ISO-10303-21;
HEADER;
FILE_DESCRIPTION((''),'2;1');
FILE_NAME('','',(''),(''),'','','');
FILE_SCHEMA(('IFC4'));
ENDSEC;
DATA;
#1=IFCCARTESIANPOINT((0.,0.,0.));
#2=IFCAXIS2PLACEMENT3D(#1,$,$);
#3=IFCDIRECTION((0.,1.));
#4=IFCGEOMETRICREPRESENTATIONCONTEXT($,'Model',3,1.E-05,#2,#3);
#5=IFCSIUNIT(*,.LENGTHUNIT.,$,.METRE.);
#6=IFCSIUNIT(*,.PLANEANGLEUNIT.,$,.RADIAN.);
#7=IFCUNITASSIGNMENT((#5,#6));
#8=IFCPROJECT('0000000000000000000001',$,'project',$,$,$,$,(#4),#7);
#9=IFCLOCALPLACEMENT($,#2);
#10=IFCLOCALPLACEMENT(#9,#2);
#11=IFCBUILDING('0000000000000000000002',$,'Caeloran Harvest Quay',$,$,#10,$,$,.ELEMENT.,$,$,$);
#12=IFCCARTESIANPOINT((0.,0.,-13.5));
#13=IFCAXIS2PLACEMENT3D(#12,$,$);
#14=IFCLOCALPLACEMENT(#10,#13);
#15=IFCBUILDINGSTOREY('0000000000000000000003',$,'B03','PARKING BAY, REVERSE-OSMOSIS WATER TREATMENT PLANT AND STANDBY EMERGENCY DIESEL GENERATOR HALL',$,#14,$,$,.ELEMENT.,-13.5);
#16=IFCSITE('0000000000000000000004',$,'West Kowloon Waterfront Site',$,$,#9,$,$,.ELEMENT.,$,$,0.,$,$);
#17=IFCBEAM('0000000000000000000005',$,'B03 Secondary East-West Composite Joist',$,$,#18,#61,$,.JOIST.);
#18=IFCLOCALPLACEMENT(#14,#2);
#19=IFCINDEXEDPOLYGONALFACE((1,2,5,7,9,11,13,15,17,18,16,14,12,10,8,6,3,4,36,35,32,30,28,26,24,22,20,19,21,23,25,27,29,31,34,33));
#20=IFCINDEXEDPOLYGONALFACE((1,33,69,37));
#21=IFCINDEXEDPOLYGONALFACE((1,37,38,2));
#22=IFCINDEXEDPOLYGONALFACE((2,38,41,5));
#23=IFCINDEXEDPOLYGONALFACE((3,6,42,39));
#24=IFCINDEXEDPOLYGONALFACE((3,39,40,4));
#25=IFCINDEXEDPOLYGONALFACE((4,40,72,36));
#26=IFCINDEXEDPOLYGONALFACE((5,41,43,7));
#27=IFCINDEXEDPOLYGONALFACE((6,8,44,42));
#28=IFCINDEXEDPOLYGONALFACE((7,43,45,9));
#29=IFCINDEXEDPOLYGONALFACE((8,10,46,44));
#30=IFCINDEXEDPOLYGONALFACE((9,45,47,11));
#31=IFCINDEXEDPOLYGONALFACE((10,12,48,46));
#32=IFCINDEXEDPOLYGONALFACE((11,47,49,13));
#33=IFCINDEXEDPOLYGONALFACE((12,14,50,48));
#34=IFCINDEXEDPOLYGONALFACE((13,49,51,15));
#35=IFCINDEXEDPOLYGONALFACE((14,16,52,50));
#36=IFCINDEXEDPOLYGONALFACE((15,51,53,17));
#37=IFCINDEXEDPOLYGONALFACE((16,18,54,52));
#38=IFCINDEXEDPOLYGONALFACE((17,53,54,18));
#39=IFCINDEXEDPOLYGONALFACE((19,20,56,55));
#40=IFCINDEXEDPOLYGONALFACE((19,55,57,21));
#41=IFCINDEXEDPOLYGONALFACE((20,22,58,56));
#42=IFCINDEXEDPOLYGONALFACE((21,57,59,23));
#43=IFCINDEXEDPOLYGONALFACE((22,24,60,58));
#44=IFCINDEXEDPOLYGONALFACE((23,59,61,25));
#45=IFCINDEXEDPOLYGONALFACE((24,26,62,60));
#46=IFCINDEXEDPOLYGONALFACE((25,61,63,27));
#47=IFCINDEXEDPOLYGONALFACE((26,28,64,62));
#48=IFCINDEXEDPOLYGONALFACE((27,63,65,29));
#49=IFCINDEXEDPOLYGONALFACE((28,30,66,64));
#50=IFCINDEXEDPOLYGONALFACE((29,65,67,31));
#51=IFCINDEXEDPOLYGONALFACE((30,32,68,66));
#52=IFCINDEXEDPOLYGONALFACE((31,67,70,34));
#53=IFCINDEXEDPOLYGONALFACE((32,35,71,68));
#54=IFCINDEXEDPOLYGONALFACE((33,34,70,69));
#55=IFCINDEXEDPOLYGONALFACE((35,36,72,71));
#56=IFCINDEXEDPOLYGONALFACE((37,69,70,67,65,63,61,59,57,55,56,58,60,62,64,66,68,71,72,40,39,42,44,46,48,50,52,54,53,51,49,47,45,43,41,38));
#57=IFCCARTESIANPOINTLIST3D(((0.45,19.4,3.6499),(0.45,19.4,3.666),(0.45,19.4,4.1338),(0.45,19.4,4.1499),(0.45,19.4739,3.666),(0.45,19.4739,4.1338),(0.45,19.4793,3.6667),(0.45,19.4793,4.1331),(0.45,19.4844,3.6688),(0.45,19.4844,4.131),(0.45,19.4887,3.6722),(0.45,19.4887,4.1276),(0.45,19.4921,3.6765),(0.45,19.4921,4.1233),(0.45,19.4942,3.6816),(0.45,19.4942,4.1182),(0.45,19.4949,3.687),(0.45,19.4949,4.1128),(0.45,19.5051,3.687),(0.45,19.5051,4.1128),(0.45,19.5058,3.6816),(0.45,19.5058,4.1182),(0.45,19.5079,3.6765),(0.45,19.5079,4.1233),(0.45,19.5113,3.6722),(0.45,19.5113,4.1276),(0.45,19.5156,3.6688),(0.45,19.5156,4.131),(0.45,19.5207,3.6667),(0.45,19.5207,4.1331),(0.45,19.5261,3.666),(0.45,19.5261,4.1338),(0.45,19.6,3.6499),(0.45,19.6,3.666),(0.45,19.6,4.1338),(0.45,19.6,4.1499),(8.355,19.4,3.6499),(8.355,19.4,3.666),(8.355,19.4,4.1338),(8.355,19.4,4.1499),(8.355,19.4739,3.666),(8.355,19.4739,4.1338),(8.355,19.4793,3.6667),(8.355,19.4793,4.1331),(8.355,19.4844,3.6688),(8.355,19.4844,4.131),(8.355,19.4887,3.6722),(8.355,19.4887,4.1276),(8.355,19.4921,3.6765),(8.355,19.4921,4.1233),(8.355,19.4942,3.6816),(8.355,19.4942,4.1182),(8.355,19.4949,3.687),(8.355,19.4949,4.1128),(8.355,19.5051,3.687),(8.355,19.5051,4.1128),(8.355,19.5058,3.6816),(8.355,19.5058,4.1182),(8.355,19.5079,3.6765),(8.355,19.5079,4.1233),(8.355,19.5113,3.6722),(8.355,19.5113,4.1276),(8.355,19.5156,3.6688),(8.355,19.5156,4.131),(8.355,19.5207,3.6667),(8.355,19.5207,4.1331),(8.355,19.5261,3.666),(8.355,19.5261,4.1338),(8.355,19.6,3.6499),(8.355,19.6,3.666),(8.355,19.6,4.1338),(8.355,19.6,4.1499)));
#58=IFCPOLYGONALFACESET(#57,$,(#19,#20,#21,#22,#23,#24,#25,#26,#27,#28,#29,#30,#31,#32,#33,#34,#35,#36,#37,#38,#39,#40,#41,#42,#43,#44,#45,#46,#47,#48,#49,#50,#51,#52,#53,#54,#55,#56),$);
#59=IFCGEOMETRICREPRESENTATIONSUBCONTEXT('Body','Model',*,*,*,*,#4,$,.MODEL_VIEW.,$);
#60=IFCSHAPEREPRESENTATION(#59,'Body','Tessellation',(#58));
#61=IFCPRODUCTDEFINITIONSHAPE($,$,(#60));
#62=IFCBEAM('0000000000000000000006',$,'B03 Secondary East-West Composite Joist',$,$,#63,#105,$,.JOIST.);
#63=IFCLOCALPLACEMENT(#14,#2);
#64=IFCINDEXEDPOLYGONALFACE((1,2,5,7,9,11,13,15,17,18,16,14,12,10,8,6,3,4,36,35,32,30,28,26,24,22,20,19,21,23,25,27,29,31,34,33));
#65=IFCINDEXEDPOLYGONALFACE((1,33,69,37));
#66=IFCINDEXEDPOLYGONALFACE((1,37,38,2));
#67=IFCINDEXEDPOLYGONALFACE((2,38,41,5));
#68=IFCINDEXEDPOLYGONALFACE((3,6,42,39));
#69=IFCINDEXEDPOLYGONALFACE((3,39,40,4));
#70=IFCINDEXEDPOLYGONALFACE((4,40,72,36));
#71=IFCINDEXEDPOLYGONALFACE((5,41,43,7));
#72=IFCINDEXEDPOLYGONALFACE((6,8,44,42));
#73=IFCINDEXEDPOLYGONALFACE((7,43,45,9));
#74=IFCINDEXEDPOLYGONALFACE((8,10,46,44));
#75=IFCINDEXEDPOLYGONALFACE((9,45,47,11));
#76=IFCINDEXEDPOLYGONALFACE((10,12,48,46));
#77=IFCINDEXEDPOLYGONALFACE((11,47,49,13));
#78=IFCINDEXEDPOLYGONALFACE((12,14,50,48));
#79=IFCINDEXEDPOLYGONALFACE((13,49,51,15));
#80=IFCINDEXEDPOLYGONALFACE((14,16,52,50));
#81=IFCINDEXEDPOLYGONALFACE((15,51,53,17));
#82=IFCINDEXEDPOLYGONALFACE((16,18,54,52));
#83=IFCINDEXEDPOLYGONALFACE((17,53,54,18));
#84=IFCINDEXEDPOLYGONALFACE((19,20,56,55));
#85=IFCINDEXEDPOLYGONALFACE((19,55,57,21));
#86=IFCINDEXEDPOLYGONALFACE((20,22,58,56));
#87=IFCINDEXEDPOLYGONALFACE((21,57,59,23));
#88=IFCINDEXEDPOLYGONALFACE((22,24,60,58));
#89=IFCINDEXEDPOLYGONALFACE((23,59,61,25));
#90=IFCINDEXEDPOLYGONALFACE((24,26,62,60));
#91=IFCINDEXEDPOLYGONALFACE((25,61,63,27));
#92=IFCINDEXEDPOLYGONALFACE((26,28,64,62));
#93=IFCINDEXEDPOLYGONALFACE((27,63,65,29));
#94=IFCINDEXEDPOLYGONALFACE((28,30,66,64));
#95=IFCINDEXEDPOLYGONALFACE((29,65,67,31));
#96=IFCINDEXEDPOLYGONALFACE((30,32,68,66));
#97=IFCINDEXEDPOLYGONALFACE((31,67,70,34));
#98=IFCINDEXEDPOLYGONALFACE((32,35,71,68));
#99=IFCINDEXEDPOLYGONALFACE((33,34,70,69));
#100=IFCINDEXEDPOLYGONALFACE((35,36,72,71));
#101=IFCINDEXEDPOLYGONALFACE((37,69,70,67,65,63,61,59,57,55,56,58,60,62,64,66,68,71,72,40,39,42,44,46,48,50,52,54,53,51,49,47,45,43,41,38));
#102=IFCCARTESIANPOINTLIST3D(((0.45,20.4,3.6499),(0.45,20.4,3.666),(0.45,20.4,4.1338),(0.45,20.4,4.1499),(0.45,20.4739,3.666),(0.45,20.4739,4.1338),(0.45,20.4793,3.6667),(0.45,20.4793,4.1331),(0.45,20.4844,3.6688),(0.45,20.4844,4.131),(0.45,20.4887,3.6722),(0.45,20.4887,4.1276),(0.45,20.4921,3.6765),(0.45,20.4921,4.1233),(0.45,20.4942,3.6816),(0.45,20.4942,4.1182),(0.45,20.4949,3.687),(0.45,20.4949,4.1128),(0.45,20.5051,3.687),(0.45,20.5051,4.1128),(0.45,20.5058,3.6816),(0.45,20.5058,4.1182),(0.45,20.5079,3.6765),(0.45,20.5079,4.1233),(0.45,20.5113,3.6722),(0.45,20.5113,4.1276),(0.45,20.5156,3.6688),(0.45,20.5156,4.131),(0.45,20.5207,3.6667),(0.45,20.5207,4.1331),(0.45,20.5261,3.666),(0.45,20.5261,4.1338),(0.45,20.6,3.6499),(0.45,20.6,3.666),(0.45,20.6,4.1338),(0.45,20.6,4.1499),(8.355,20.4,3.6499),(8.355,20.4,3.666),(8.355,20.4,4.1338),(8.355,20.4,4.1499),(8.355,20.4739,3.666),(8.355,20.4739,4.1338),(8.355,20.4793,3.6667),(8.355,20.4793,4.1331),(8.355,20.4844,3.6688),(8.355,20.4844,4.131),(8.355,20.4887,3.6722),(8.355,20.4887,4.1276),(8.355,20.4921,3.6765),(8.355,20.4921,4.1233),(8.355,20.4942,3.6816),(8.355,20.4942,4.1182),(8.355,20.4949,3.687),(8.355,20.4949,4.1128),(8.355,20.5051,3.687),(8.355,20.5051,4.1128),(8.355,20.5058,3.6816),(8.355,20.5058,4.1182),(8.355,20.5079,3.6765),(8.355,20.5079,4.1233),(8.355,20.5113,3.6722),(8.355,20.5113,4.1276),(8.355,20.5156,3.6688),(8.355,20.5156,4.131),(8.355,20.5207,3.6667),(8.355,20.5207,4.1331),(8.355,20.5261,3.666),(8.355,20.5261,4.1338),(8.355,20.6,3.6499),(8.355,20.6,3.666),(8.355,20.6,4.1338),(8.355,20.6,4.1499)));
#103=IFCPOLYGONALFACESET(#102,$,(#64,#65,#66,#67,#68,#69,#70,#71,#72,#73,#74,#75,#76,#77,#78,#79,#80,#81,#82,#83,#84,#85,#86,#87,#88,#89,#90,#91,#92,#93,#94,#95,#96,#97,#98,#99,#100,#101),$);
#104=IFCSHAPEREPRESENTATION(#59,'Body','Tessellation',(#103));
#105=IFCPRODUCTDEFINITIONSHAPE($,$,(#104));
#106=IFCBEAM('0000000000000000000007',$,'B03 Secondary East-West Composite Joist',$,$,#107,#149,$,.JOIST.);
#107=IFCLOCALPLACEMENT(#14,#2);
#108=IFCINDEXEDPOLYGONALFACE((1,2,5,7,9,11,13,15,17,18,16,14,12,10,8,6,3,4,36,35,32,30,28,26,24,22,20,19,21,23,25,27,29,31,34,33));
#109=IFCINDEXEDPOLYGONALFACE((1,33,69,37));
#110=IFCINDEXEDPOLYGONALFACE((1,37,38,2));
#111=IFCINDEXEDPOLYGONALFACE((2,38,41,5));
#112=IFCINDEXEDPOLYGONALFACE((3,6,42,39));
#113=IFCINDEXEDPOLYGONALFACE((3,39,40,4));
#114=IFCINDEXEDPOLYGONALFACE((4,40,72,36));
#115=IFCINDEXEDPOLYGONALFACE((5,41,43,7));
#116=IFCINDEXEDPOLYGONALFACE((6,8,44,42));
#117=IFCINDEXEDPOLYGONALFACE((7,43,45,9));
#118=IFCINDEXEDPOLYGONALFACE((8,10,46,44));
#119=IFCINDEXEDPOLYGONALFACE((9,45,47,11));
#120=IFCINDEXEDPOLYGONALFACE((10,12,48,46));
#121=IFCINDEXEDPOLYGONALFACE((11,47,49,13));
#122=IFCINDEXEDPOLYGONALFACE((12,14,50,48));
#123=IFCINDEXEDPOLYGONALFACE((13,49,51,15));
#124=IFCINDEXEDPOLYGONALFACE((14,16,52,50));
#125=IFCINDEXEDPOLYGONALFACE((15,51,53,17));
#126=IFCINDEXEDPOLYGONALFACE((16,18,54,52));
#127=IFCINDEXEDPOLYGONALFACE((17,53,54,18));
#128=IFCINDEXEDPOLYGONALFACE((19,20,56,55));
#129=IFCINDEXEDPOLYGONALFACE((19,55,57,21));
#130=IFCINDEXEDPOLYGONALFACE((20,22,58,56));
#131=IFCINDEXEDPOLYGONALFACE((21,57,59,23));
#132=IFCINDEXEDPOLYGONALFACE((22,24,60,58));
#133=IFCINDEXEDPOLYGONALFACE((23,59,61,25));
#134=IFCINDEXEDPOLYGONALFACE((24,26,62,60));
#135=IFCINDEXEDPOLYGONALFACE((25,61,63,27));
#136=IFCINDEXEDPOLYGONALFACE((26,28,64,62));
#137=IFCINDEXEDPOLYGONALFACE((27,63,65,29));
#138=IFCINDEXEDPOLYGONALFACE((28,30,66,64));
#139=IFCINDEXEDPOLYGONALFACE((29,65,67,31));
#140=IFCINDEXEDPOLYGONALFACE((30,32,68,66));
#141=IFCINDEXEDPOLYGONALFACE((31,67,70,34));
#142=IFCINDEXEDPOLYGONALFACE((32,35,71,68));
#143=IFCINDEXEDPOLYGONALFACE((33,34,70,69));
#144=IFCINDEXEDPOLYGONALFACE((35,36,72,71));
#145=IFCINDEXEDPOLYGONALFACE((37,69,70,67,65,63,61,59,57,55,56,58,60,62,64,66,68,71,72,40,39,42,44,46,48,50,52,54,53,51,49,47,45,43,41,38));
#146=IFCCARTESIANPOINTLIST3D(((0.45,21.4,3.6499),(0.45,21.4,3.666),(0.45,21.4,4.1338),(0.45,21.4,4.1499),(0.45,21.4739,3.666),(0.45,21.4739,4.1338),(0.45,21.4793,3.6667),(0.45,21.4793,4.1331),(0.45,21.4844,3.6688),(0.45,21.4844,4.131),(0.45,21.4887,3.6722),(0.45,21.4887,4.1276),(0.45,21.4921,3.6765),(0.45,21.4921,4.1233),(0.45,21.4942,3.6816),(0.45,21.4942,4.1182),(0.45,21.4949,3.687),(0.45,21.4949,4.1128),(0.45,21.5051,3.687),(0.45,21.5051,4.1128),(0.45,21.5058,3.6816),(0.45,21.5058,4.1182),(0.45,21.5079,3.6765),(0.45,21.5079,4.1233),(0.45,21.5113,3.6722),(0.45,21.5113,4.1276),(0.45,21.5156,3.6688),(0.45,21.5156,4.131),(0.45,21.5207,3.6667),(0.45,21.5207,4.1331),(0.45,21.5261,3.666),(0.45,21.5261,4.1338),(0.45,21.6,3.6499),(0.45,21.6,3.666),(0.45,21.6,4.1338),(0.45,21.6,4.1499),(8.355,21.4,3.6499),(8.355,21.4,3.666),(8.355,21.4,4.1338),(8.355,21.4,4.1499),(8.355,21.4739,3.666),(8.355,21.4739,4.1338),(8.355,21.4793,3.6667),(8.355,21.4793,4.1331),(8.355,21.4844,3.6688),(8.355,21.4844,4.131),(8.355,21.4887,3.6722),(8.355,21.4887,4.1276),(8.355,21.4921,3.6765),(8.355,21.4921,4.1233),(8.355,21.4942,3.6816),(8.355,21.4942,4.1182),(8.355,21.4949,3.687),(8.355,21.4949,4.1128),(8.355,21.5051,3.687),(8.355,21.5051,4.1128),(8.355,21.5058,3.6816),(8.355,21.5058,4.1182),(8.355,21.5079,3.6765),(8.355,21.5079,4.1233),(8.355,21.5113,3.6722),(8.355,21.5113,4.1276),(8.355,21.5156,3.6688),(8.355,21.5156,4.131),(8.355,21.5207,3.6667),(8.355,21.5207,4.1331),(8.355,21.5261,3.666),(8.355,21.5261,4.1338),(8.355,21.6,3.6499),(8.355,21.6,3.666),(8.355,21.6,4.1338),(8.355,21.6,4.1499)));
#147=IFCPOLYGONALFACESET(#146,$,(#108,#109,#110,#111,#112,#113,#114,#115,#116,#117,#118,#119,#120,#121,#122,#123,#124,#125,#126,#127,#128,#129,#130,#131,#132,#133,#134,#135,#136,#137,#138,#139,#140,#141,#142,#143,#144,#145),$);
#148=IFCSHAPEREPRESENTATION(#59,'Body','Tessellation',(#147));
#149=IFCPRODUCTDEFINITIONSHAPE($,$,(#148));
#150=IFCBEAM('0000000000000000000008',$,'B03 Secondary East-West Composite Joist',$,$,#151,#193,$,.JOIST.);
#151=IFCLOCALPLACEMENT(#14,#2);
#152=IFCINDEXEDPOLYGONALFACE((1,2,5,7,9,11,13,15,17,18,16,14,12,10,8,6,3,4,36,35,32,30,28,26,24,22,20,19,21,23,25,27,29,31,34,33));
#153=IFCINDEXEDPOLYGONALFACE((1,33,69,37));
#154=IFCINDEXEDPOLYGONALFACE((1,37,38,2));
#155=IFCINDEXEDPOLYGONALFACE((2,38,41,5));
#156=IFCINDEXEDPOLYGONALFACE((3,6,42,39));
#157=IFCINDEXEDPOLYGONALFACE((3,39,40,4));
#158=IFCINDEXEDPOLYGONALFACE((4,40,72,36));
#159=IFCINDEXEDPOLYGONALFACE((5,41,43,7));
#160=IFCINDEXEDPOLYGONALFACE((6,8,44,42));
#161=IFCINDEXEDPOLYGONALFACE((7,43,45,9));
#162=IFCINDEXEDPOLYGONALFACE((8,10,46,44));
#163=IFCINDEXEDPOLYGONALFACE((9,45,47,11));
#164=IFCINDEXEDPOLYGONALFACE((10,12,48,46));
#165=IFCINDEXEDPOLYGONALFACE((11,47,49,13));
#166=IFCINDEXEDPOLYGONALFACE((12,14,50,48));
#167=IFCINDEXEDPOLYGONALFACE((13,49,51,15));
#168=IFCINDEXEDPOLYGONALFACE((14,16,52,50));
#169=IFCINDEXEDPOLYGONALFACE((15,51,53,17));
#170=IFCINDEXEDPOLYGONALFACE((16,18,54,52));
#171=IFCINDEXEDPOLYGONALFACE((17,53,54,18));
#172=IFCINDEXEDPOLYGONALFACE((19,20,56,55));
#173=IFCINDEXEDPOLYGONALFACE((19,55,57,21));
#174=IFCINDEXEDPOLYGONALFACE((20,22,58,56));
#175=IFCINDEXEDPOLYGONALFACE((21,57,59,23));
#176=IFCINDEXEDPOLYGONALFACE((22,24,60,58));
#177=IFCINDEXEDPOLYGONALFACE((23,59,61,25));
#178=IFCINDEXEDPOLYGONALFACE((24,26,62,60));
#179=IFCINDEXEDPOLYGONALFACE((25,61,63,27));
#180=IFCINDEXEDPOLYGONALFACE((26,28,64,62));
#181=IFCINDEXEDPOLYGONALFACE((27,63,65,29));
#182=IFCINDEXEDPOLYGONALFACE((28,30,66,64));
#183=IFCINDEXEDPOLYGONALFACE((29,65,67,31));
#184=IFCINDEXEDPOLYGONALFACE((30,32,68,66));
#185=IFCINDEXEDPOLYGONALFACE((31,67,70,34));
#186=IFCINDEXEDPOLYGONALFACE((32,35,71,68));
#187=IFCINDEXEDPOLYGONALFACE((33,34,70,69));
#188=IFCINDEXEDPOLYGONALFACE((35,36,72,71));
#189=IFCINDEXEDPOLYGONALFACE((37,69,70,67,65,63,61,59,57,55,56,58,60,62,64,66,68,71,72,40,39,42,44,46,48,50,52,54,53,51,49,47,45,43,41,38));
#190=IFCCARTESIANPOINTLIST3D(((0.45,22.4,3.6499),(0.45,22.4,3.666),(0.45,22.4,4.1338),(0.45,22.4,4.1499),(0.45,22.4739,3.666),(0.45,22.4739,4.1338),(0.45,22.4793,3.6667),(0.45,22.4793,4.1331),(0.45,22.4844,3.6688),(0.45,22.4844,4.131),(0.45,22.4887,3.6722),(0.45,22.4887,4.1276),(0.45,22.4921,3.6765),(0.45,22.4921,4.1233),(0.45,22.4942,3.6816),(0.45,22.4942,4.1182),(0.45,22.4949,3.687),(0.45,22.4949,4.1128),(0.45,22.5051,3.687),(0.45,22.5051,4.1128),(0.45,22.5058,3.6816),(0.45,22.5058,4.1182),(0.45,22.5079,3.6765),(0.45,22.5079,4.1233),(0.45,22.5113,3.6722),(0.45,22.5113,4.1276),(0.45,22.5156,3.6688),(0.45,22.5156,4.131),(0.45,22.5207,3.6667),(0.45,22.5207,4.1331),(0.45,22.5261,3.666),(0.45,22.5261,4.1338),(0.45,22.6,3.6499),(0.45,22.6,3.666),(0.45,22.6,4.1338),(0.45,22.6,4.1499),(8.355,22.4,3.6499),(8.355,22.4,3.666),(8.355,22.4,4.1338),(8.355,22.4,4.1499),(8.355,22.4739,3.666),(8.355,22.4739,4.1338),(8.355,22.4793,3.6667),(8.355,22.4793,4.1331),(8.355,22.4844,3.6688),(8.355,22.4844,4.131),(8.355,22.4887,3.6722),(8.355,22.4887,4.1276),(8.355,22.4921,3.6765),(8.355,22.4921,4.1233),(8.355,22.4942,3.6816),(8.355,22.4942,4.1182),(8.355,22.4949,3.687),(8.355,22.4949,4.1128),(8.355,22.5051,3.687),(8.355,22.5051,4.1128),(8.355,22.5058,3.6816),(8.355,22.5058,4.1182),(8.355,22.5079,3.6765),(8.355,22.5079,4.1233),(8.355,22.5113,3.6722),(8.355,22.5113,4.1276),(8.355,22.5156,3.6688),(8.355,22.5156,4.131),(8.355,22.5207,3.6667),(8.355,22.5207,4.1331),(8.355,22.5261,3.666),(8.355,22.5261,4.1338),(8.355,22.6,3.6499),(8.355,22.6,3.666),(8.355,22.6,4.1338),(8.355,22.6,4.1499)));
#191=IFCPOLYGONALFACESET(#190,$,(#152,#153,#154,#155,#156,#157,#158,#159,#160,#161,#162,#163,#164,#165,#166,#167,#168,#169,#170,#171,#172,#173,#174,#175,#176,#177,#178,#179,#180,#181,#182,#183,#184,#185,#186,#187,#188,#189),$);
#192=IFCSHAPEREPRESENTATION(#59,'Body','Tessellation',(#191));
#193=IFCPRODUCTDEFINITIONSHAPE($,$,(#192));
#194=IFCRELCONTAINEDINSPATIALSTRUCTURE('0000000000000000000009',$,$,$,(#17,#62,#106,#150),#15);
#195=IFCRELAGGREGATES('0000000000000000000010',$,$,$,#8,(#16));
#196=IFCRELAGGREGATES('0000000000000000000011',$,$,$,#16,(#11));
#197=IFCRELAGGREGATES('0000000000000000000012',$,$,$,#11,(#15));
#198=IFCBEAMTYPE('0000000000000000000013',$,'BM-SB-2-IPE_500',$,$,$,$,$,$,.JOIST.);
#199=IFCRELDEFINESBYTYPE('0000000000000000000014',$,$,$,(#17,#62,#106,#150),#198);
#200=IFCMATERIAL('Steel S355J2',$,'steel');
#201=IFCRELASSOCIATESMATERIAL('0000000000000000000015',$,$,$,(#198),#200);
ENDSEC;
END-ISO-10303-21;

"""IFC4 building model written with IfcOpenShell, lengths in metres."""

from ifc_helpers import new_model, si_unit, direction, frame, origin, origin_2d, place, context, subcontext, project, spatial, i_section, extrude, material, material_profile, profile_set, type_object, element, save


model = new_model("IFC4")

# Units and contexts
model_context = context("Model", 3, precision=1e-05, world=origin(), true_north=direction((0.0, 1.0)))
body_context = subcontext(model_context, "Body", "Model", "MODEL_VIEW")
ifc_project = project(units=[si_unit("LENGTHUNIT", "METRE"), si_unit("PLANEANGLEUNIT", "RADIAN")], contexts=[model_context])

# Site, building, storey
site_placement = place(None, origin())
site = spatial("IfcSite", under=ifc_project, at=site_placement, Name="West Kowloon Waterfront Site", CompositionType="ELEMENT", RefElevation=0.0)
building_placement = place(site_placement, origin())
building = spatial("IfcBuilding", under=site, at=building_placement, Name="Caeloran Harvest Quay", CompositionType="ELEMENT")
storey_placement = place(building_placement, frame((0.0, 0.0, -13.5)))
storey = spatial("IfcBuildingStorey", under=building, at=storey_placement, Name="B03", Description="PARKING BAY, REVERSE-OSMOSIS WATER TREATMENT PLANT AND STANDBY EMERGENCY DIESEL GENERATOR HALL", CompositionType="ELEMENT", Elevation=-13.5)

# Beams
ifc_material_1 = material(Name="Steel S355J2", Category="steel")
ifc_material_profile_1 = material_profile(ifc_material_1, i_section(OverallWidth=0.2, OverallDepth=0.5, WebThickness=0.0103, FlangeThickness=0.0161, FilletRadius=0.021, at=origin_2d()), Name="IPE 500")
ifc_profile_set_1 = profile_set([ifc_material_profile_1], Name="Steel S355J2")
beam_type_1 = type_object("IfcBeamType", Name="BM-SB-2-IPE_500", PredefinedType="JOIST", material=ifc_profile_set_1)
for number, where, z_axis, x_axis, name in (
    (1, (0.45, 19.5, 3.8999), (1.0, 0.0, 0.0), (0.0, 1.0, 0.0), "B03 Secondary East-West Composite Joist"),
    (2, (0.45, 20.5, 3.8999), (1.0, 0.0, 0.0), (0.0, 1.0, 0.0), "B03 Secondary East-West Composite Joist"),
    (3, (0.45, 21.5, 3.8999), (1.0, 0.0, 0.0), (0.0, 1.0, 0.0), "B03 Secondary East-West Composite Joist"),
    (4, (0.45, 22.5, 3.8999), (1.0, 0.0, 0.0), (0.0, 1.0, 0.0), "B03 Secondary East-West Composite Joist"),
):
    element("IfcBeam", number, at=place(storey_placement, frame(where, z_axis=z_axis, x_axis=x_axis)), inside=storey, type_object=beam_type_1, Name=name, PredefinedType="JOIST", context=body_context, shape_type="SweptSolid", body=[
        extrude(i_section(OverallWidth=0.2, OverallDepth=0.5, WebThickness=0.0103, FlangeThickness=0.0161, FilletRadius=0.021, at=origin_2d()), origin(), (0.0, 0.0, 1.0), 7.905),
    ])

save(model, "model.ifc")
